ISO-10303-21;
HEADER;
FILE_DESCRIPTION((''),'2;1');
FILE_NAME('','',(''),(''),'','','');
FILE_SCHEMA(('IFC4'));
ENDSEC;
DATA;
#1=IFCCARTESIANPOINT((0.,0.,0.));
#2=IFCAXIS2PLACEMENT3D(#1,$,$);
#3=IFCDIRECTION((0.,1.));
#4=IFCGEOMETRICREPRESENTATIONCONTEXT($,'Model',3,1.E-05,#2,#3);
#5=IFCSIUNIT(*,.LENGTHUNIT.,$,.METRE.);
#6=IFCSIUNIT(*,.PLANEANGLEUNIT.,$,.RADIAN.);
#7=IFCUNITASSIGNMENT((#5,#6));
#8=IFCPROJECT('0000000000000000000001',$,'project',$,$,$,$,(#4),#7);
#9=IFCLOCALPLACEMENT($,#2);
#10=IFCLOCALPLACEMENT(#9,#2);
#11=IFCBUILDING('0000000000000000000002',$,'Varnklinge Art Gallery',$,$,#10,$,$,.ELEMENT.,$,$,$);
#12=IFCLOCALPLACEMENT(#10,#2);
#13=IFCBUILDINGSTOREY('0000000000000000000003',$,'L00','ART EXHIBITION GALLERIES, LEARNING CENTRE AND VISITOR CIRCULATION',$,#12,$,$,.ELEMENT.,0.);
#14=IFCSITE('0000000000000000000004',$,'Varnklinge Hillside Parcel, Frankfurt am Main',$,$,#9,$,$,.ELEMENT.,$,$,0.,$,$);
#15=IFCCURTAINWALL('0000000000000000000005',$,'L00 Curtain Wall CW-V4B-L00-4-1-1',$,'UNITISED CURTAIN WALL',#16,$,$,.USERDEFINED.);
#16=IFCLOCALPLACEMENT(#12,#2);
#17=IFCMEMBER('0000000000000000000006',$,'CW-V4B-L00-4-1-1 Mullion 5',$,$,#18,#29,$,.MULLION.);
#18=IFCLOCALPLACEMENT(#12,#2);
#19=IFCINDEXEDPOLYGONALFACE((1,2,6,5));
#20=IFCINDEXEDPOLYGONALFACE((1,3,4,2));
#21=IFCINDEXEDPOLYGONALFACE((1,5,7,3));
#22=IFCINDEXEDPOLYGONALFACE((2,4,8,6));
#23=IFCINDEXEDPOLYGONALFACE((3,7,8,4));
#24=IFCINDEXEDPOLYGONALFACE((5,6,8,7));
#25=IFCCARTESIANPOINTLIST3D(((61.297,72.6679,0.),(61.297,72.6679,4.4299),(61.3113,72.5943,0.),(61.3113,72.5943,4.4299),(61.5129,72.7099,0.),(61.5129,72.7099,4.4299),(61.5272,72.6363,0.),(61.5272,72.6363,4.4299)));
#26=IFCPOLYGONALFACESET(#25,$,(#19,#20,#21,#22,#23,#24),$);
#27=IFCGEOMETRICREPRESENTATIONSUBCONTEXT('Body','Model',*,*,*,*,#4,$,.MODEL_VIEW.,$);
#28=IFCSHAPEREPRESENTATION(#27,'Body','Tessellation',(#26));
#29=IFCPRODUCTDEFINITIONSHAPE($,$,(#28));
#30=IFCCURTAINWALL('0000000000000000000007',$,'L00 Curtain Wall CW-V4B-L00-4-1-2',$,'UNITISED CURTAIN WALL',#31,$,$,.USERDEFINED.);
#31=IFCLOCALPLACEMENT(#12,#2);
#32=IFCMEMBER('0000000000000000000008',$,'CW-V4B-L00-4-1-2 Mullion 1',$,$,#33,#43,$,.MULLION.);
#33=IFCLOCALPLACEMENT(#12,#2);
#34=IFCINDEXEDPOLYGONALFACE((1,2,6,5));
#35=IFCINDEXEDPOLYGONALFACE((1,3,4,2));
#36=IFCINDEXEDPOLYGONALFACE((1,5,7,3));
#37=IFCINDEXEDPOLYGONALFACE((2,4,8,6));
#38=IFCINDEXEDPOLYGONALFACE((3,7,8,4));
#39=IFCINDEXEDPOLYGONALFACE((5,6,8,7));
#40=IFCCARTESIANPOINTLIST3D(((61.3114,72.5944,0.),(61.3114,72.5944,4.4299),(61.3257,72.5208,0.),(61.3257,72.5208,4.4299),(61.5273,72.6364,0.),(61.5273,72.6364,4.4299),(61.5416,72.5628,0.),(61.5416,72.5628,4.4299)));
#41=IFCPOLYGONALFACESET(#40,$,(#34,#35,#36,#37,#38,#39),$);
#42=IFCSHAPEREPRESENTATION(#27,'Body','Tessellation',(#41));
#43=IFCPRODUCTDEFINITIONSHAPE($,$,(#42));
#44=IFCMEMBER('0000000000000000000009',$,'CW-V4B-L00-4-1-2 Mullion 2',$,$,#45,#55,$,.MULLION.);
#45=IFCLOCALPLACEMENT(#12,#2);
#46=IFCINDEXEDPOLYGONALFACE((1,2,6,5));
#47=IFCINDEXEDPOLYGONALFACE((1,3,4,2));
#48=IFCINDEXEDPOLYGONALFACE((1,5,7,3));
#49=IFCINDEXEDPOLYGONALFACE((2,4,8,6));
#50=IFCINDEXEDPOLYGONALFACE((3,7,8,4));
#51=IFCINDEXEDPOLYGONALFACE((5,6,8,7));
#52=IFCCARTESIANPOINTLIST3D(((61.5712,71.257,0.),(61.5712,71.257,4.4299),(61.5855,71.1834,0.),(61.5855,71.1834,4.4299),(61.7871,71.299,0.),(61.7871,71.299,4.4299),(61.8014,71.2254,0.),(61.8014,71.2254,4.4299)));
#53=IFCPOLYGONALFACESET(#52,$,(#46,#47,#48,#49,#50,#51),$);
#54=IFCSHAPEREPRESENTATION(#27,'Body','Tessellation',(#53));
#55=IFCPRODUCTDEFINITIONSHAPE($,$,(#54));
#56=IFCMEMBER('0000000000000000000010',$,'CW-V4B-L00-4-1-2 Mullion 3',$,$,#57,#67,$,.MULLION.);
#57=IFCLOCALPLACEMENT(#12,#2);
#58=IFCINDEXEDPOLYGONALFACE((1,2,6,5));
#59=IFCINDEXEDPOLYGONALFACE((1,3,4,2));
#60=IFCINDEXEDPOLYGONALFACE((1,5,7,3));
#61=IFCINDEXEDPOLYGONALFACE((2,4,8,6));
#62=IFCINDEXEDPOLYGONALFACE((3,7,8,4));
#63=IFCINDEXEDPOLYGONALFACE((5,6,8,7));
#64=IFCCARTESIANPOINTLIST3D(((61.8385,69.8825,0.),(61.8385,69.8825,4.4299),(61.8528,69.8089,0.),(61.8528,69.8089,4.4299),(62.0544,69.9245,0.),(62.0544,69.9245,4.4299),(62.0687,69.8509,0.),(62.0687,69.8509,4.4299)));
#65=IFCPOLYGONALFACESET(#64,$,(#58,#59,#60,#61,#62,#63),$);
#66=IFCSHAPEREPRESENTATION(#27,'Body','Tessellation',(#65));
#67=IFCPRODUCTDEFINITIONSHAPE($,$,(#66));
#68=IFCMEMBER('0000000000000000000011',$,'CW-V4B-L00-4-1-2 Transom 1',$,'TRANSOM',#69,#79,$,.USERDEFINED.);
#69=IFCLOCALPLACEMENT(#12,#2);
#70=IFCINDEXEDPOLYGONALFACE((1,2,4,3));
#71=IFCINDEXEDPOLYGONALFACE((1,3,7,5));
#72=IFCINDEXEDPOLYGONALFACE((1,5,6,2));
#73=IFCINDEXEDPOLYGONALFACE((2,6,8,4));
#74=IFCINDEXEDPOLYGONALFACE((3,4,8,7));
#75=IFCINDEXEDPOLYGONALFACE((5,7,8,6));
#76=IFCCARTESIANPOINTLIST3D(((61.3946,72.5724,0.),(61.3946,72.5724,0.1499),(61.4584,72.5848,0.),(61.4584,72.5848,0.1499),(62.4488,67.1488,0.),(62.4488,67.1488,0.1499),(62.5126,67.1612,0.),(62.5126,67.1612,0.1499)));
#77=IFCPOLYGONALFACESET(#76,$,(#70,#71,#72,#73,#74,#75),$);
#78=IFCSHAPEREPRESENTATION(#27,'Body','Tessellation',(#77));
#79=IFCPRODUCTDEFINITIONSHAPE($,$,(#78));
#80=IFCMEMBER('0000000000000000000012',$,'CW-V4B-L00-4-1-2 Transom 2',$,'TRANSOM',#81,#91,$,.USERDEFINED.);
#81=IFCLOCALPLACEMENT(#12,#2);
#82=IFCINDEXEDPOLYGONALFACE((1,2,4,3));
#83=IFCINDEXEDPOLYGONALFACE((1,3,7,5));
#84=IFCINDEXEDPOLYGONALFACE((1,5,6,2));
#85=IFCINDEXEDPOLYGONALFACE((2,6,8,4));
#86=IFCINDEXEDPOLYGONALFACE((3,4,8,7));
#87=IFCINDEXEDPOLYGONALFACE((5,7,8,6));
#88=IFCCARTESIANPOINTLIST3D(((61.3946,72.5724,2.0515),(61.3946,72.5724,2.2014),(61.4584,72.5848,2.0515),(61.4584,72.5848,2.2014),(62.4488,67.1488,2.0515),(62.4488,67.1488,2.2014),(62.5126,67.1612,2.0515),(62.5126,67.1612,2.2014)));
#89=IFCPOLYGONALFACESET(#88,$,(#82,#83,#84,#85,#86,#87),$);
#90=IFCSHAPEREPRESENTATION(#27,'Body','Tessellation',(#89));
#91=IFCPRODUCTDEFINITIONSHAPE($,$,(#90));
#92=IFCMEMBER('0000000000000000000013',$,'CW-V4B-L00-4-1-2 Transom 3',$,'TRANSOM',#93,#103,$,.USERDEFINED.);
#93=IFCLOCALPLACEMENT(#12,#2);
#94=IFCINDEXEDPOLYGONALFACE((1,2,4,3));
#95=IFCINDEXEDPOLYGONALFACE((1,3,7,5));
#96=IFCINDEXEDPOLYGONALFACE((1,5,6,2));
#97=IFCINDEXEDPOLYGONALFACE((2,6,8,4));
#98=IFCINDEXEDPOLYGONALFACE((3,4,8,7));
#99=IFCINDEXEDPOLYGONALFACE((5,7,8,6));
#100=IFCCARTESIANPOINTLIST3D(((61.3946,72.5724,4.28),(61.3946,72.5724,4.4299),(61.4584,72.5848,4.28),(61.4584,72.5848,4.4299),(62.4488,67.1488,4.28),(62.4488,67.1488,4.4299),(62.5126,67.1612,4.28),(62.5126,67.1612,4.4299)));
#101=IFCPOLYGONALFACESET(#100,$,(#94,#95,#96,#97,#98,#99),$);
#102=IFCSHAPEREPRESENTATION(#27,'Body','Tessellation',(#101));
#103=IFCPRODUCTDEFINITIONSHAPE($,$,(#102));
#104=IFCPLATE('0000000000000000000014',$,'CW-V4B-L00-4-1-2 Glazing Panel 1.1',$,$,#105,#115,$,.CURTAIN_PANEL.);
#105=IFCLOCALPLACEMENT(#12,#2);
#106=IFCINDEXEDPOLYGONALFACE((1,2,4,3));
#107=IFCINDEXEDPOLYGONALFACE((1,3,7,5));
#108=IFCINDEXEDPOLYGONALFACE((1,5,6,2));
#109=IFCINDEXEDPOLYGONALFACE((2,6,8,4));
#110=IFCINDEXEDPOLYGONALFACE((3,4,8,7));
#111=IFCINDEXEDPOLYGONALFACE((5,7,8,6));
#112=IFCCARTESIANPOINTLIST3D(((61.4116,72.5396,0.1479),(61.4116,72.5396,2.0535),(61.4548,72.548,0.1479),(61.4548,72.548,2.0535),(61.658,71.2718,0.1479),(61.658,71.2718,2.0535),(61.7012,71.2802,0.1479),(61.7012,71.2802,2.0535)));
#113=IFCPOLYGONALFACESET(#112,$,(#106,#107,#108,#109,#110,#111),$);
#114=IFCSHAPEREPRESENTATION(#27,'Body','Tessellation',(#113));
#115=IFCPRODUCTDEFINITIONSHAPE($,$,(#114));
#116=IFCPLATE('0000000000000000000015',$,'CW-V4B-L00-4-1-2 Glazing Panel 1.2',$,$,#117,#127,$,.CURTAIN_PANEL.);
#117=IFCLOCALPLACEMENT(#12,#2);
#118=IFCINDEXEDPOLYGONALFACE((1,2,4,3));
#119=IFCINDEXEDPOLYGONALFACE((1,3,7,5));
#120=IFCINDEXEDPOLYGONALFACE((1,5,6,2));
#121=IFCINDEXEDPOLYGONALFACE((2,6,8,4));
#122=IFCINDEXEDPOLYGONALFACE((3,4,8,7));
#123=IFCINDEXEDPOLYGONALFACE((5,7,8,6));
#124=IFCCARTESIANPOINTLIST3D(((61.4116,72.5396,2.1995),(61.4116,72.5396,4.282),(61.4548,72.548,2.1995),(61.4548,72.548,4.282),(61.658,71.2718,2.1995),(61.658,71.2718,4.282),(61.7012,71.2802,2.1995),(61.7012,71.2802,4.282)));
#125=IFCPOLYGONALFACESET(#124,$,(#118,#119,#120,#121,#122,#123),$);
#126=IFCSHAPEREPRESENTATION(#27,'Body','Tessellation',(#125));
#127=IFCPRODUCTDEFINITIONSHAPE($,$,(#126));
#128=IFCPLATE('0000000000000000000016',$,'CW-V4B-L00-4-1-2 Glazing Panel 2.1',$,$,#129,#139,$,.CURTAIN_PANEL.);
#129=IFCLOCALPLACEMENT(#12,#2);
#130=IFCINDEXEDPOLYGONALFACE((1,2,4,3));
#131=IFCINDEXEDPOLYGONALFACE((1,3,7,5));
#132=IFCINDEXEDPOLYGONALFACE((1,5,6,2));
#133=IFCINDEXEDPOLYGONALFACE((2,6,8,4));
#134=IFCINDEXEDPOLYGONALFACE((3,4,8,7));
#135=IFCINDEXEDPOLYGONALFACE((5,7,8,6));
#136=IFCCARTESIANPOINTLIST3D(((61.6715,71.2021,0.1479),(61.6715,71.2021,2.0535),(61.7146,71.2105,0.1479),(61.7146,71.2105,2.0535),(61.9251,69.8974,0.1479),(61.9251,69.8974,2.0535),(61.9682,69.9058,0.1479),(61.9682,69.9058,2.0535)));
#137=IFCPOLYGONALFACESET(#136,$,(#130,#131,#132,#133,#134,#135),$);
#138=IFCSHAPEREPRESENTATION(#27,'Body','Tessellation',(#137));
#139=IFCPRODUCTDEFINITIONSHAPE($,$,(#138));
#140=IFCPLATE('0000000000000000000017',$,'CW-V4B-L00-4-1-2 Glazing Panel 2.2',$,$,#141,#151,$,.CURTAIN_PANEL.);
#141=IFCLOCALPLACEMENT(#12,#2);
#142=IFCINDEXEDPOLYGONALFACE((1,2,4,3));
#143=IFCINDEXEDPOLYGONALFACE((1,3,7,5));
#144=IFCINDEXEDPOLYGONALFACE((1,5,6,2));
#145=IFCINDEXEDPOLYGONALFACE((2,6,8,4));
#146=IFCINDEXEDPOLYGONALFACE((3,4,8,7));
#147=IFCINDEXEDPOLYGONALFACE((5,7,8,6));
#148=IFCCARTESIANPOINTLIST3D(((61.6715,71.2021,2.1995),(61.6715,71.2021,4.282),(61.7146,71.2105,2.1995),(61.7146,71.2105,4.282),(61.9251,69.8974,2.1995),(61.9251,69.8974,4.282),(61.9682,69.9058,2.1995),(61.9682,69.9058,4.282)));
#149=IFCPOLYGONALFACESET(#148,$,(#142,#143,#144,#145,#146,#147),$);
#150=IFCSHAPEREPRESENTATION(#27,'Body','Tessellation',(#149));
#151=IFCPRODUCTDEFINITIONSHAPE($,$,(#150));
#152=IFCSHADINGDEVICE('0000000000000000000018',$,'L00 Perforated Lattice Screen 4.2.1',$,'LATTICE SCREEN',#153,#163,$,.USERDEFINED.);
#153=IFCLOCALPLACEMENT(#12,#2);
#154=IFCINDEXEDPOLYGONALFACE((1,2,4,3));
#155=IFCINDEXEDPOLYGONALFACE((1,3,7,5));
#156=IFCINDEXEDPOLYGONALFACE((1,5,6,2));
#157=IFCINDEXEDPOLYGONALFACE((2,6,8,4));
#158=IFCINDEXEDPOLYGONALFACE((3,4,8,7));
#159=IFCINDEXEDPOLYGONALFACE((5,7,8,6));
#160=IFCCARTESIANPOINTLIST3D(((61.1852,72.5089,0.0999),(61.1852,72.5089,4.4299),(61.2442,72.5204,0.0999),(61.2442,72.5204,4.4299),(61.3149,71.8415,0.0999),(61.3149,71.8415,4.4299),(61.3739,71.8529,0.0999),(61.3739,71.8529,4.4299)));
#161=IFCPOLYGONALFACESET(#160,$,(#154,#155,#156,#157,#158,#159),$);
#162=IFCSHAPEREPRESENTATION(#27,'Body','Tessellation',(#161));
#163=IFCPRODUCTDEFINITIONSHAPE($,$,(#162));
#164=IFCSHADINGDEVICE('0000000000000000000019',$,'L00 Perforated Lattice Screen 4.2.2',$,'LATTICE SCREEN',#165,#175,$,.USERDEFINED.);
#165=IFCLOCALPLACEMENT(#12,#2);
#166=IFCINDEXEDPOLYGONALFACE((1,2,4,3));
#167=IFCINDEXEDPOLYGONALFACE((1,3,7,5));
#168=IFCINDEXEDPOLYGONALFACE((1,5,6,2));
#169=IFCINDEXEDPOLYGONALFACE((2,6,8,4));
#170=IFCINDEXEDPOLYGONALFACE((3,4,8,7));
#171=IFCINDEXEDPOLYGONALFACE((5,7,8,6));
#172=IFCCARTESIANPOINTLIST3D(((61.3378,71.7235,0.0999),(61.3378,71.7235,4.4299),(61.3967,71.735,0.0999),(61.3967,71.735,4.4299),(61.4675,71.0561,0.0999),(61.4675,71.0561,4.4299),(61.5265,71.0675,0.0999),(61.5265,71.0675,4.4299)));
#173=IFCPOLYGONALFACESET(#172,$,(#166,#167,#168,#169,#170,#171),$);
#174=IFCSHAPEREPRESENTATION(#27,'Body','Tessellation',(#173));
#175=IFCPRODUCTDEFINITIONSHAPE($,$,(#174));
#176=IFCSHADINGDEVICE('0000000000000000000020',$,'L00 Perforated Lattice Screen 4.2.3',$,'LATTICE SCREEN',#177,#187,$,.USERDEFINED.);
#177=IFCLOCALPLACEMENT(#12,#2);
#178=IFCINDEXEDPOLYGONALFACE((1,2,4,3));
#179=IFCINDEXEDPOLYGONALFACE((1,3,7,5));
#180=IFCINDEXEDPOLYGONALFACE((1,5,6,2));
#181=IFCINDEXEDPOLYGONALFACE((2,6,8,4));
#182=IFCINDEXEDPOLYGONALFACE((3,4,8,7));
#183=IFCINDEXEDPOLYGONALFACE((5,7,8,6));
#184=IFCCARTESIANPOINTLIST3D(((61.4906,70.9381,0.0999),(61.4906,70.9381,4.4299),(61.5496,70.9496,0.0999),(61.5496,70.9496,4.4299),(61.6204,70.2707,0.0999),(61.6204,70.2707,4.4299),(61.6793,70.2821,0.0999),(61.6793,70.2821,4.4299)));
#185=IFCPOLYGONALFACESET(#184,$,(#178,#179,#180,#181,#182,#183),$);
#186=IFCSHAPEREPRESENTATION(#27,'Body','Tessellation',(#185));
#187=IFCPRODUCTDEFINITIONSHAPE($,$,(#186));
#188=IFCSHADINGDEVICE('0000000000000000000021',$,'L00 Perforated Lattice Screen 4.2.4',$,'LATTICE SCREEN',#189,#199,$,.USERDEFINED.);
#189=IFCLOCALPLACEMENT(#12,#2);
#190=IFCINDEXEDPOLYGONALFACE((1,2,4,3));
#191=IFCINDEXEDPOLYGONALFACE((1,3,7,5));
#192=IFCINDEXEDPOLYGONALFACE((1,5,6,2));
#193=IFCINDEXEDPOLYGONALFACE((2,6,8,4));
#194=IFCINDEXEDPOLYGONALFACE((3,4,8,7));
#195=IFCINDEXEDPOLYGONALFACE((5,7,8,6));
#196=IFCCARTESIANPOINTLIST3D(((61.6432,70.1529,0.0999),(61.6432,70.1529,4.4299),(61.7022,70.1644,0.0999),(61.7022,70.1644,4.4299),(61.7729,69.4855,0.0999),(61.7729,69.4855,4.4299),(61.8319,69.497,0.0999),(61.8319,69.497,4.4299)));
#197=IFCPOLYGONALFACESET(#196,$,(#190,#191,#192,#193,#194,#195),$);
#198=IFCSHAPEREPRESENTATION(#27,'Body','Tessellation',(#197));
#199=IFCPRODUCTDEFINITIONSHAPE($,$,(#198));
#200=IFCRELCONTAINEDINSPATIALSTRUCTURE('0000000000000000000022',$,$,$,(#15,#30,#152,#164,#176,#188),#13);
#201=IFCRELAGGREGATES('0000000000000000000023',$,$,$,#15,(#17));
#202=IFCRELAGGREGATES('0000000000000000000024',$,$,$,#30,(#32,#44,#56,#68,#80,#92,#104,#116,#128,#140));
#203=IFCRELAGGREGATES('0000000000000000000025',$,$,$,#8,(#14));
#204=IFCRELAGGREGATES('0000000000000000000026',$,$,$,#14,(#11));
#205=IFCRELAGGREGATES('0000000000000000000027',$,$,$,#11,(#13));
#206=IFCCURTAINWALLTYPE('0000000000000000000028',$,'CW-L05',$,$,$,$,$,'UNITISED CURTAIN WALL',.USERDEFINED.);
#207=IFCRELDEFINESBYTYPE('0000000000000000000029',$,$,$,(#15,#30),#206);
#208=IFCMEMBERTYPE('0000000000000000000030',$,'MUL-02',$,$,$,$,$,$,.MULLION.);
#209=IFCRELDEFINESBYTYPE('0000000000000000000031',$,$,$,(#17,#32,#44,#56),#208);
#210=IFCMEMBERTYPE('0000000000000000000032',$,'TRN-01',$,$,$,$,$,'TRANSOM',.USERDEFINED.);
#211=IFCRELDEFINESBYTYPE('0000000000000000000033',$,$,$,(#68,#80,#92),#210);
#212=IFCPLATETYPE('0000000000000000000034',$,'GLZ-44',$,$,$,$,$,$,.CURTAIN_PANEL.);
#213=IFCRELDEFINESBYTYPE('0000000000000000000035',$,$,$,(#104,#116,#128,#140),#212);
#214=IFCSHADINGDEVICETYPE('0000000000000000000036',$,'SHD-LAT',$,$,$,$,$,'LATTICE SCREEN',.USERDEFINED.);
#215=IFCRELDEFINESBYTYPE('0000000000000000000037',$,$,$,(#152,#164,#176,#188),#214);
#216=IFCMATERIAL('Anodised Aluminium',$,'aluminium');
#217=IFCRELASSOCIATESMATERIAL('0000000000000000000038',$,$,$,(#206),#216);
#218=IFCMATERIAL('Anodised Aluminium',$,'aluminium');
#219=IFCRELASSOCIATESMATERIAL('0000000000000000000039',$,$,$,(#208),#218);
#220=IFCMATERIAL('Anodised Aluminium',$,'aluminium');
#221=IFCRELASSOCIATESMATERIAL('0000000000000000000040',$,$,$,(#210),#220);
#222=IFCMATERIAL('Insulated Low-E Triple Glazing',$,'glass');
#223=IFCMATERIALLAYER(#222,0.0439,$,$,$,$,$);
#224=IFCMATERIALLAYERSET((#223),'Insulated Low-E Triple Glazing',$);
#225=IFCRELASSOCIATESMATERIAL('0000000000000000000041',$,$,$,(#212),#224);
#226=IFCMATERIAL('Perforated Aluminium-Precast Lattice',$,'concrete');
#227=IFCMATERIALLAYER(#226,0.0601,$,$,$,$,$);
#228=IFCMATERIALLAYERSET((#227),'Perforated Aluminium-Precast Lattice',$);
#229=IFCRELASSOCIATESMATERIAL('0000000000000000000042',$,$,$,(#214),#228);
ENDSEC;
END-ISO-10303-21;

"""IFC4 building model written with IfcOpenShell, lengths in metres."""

from ifc_helpers import new_model, si_unit, direction, frame, origin, origin_2d, place, context, subcontext, project, spatial, rectangle, extrude, material, layer, layer_set, material_profile, profile_set, type_object, element, aggregate, save


model = new_model("IFC4")

# Units and contexts
model_context = context("Model", 3, precision=1e-05, world=origin(), true_north=direction((0.0, 1.0)))
body_context = subcontext(model_context, "Body", "Model", "MODEL_VIEW")
ifc_project = project(units=[si_unit("LENGTHUNIT", "METRE"), si_unit("PLANEANGLEUNIT", "RADIAN")], contexts=[model_context])

# Site, building, storey
site_placement = place(None, origin())
site = spatial("IfcSite", under=ifc_project, at=site_placement, Name="Varnklinge Hillside Parcel, Frankfurt am Main", CompositionType="ELEMENT", RefElevation=0.0)
building_placement = place(site_placement, origin())
building = spatial("IfcBuilding", under=site, at=building_placement, Name="Varnklinge Art Gallery", CompositionType="ELEMENT")
storey_placement = place(building_placement, origin())
storey = spatial("IfcBuildingStorey", under=building, at=storey_placement, Name="L00", Description="ART EXHIBITION GALLERIES, LEARNING CENTRE AND VISITOR CIRCULATION", CompositionType="ELEMENT", Elevation=0.0)

# Curtain wall, member
ifc_material_1 = material(Name="Anodised Aluminium", Category="aluminium")
curtain_wall_type = type_object("IfcCurtainWallType", Name="CW-L05", ElementType="UNITISED CURTAIN WALL", PredefinedType="USERDEFINED", material=ifc_material_1)
curtain_wall_1_placement = place(storey_placement, origin())
curtain_wall_1 = element("IfcCurtainWall", 1, at=curtain_wall_1_placement, inside=storey, type_object=curtain_wall_type, Name="L00 Curtain Wall CW-V4B-L00-4-1-1", ObjectType="UNITISED CURTAIN WALL", PredefinedType="USERDEFINED")
ifc_material_2 = material(Name="Anodised Aluminium", Category="aluminium")
ifc_material_profile_1 = material_profile(ifc_material_2, rectangle(XDim=0.075, YDim=0.22, at=origin_2d()), Name="ALU 75x220")
ifc_profile_set_1 = profile_set([ifc_material_profile_1], Name="Anodised Aluminium")
member_type_1 = type_object("IfcMemberType", Name="MUL-02", PredefinedType="MULLION", material=ifc_profile_set_1)
member_1_placement = place(storey_placement, frame((61.4121, 72.6521, 0.0), z_axis=(0.0, 0.0, 1.0), x_axis=(0.190809, -0.981627, 0.0)))
member_1 = element("IfcMember", 2, at=member_1_placement, type_object=member_type_1, Name="CW-V4B-L00-4-1-1 Mullion 5", PredefinedType="MULLION", context=body_context, shape_type="SweptSolid", body=[
    extrude(rectangle(XDim=0.075, YDim=0.22, at=origin_2d()), origin(), (0.0, 0.0, 1.0), 4.4299),
])
aggregate(curtain_wall_1, [member_1])

# Curtain wall, members, plates
curtain_wall_2_placement = place(storey_placement, origin())
curtain_wall_2 = element("IfcCurtainWall", 3, at=curtain_wall_2_placement, inside=storey, type_object=curtain_wall_type, Name="L00 Curtain Wall CW-V4B-L00-4-1-2", ObjectType="UNITISED CURTAIN WALL", PredefinedType="USERDEFINED")
member_2_placement = place(storey_placement, frame((61.4265, 72.5786, 0.0), z_axis=(0.0, 0.0, 1.0), x_axis=(0.190809, -0.981627, 0.0)))
member_2 = element("IfcMember", 4, at=member_2_placement, type_object=member_type_1, Name="CW-V4B-L00-4-1-2 Mullion 1", PredefinedType="MULLION", context=body_context, shape_type="SweptSolid", body=[
    extrude(rectangle(XDim=0.075, YDim=0.22, at=origin_2d()), origin(), (0.0, 0.0, 1.0), 4.4299),
])
member_3_placement = place(storey_placement, frame((61.6863, 71.2412, 0.0), z_axis=(0.0, 0.0, 1.0), x_axis=(0.190809, -0.981627, 0.0)))
member_3 = element("IfcMember", 5, at=member_3_placement, type_object=member_type_1, Name="CW-V4B-L00-4-1-2 Mullion 2", PredefinedType="MULLION", context=body_context, shape_type="SweptSolid", body=[
    extrude(rectangle(XDim=0.075, YDim=0.22, at=origin_2d()), origin(), (0.0, 0.0, 1.0), 4.4299),
])
member_4_placement = place(storey_placement, frame((61.9536, 69.8667, 0.0), z_axis=(0.0, 0.0, 1.0), x_axis=(0.190809, -0.981627, 0.0)))
member_4 = element("IfcMember", 6, at=member_4_placement, type_object=member_type_1, Name="CW-V4B-L00-4-1-2 Mullion 3", PredefinedType="MULLION", context=body_context, shape_type="SweptSolid", body=[
    extrude(rectangle(XDim=0.075, YDim=0.22, at=origin_2d()), origin(), (0.0, 0.0, 1.0), 4.4299),
])
ifc_material_3 = material(Name="Anodised Aluminium", Category="aluminium")
ifc_material_profile_2 = material_profile(ifc_material_3, rectangle(XDim=0.0649, YDim=0.1499, at=origin_2d()), Name="ALU 65x150")
ifc_profile_set_2 = profile_set([ifc_material_profile_2], Name="Anodised Aluminium")
member_type_2 = type_object("IfcMemberType", Name="TRN-01", ElementType="TRANSOM", PredefinedType="USERDEFINED", material=ifc_profile_set_2)
member_5_placement = place(storey_placement, frame((61.4265, 72.5786, 0.075), z_axis=(0.190802, -0.981628, 0.0), x_axis=(0.981628, 0.190802, 0.0)))
member_5 = element("IfcMember", 7, at=member_5_placement, type_object=member_type_2, Name="CW-V4B-L00-4-1-2 Transom 1", ObjectType="TRANSOM", PredefinedType="USERDEFINED", context=body_context, shape_type="SweptSolid", body=[
    extrude(rectangle(XDim=0.0649, YDim=0.1499, at=origin_2d()), origin(), (0.0, 0.0, 1.0), 5.5251),
])
member_6_placement = place(storey_placement, frame((61.4265, 72.5786, 2.1265), z_axis=(0.190802, -0.981628, 0.0), x_axis=(0.981628, 0.190802, 0.0)))
member_6 = element("IfcMember", 8, at=member_6_placement, type_object=member_type_2, Name="CW-V4B-L00-4-1-2 Transom 2", ObjectType="TRANSOM", PredefinedType="USERDEFINED", context=body_context, shape_type="SweptSolid", body=[
    extrude(rectangle(XDim=0.0649, YDim=0.1499, at=origin_2d()), origin(), (0.0, 0.0, 1.0), 5.5251),
])
member_7_placement = place(storey_placement, frame((61.4265, 72.5786, 4.355), z_axis=(0.190802, -0.981628, 0.0), x_axis=(0.981628, 0.190802, 0.0)))
member_7 = element("IfcMember", 9, at=member_7_placement, type_object=member_type_2, Name="CW-V4B-L00-4-1-2 Transom 3", ObjectType="TRANSOM", PredefinedType="USERDEFINED", context=body_context, shape_type="SweptSolid", body=[
    extrude(rectangle(XDim=0.0649, YDim=0.1499, at=origin_2d()), origin(), (0.0, 0.0, 1.0), 5.5251),
])
ifc_material_4 = material(Name="Insulated Low-E Triple Glazing", Category="glass")
ifc_layer_1 = layer(ifc_material_4, 0.0439)
ifc_layer_set_1 = layer_set([ifc_layer_1], Name="Insulated Low-E Triple Glazing")
plate_type = type_object("IfcPlateType", Name="GLZ-44", PredefinedType="CURTAIN_PANEL", material=ifc_layer_set_1)
plate_1_placement = place(storey_placement, frame((61.5564, 71.9099, 0.1479), z_axis=(0.0, 0.0, 1.0), x_axis=(0.190809, -0.981627, 0.0)))
plate_1 = element("IfcPlate", 10, at=plate_1_placement, type_object=plate_type, Name="CW-V4B-L00-4-1-2 Glazing Panel 1.1", PredefinedType="CURTAIN_PANEL", context=body_context, shape_type="SweptSolid", body=[
    extrude(rectangle(XDim=1.2915, YDim=0.0439, at=origin_2d()), origin(), (0.0, 0.0, 1.0), 1.9055),
])
plate_2_placement = place(storey_placement, frame((61.5564, 71.9099, 2.1995), z_axis=(0.0, 0.0, 1.0), x_axis=(0.190809, -0.981627, 0.0)))
plate_2 = element("IfcPlate", 11, at=plate_2_placement, type_object=plate_type, Name="CW-V4B-L00-4-1-2 Glazing Panel 1.2", PredefinedType="CURTAIN_PANEL", context=body_context, shape_type="SweptSolid", body=[
    extrude(rectangle(XDim=1.2915, YDim=0.0439, at=origin_2d()), origin(), (0.0, 0.0, 1.0), 2.0825),
])
plate_3_placement = place(storey_placement, frame((61.8198, 70.554, 0.1479), z_axis=(0.0, 0.0, 1.0), x_axis=(0.190809, -0.981627, 0.0)))
plate_3 = element("IfcPlate", 12, at=plate_3_placement, type_object=plate_type, Name="CW-V4B-L00-4-1-2 Glazing Panel 2.1", PredefinedType="CURTAIN_PANEL", context=body_context, shape_type="SweptSolid", body=[
    extrude(rectangle(XDim=1.3291, YDim=0.0439, at=origin_2d()), origin(), (0.0, 0.0, 1.0), 1.9055),
])
plate_4_placement = place(storey_placement, frame((61.8198, 70.554, 2.1995), z_axis=(0.0, 0.0, 1.0), x_axis=(0.190809, -0.981627, 0.0)))
plate_4 = element("IfcPlate", 13, at=plate_4_placement, type_object=plate_type, Name="CW-V4B-L00-4-1-2 Glazing Panel 2.2", PredefinedType="CURTAIN_PANEL", context=body_context, shape_type="SweptSolid", body=[
    extrude(rectangle(XDim=1.3291, YDim=0.0439, at=origin_2d()), origin(), (0.0, 0.0, 1.0), 2.0825),
])
aggregate(curtain_wall_2, [member_2, member_3, member_4, member_5, member_6, member_7, plate_1, plate_2, plate_3, plate_4])

# Shading devices
ifc_material_5 = material(Name="Perforated Aluminium-Precast Lattice", Category="concrete")
ifc_layer_2 = layer(ifc_material_5, 0.0601)
ifc_layer_set_2 = layer_set([ifc_layer_2], Name="Perforated Aluminium-Precast Lattice")
shading_device_type = type_object("IfcShadingDeviceType", Name="SHD-LAT", ElementType="LATTICE SCREEN", PredefinedType="USERDEFINED", material=ifc_layer_set_2)
for number, where, z_axis, x_axis, name in (
    (14, (61.2795, 72.1809, 0.0999), (0.0, 0.0, 1.0), (0.190809, -0.981627, 0.0), "L00 Perforated Lattice Screen 4.2.1"),
    (15, (61.4321, 71.3955, 0.0999), (0.0, 0.0, 1.0), (0.190809, -0.981627, 0.0), "L00 Perforated Lattice Screen 4.2.2"),
    (16, (61.585, 70.6101, 0.0999), (0.0, 0.0, 1.0), (0.190809, -0.981627, 0.0), "L00 Perforated Lattice Screen 4.2.3"),
    (17, (61.7375, 69.825, 0.0999), (0.0, 0.0, 1.0), (0.190809, -0.981627, 0.0), "L00 Perforated Lattice Screen 4.2.4"),
):
    element("IfcShadingDevice", number, at=place(storey_placement, frame(where, z_axis=z_axis, x_axis=x_axis)), inside=storey, type_object=shading_device_type, Name=name, ObjectType="LATTICE SCREEN", PredefinedType="USERDEFINED", context=body_context, shape_type="SweptSolid", body=[
        extrude(rectangle(XDim=0.6799, YDim=0.0601, at=origin_2d()), origin(), (0.0, 0.0, 1.0), 4.3301),
    ])

save(model, "model.ifc")
